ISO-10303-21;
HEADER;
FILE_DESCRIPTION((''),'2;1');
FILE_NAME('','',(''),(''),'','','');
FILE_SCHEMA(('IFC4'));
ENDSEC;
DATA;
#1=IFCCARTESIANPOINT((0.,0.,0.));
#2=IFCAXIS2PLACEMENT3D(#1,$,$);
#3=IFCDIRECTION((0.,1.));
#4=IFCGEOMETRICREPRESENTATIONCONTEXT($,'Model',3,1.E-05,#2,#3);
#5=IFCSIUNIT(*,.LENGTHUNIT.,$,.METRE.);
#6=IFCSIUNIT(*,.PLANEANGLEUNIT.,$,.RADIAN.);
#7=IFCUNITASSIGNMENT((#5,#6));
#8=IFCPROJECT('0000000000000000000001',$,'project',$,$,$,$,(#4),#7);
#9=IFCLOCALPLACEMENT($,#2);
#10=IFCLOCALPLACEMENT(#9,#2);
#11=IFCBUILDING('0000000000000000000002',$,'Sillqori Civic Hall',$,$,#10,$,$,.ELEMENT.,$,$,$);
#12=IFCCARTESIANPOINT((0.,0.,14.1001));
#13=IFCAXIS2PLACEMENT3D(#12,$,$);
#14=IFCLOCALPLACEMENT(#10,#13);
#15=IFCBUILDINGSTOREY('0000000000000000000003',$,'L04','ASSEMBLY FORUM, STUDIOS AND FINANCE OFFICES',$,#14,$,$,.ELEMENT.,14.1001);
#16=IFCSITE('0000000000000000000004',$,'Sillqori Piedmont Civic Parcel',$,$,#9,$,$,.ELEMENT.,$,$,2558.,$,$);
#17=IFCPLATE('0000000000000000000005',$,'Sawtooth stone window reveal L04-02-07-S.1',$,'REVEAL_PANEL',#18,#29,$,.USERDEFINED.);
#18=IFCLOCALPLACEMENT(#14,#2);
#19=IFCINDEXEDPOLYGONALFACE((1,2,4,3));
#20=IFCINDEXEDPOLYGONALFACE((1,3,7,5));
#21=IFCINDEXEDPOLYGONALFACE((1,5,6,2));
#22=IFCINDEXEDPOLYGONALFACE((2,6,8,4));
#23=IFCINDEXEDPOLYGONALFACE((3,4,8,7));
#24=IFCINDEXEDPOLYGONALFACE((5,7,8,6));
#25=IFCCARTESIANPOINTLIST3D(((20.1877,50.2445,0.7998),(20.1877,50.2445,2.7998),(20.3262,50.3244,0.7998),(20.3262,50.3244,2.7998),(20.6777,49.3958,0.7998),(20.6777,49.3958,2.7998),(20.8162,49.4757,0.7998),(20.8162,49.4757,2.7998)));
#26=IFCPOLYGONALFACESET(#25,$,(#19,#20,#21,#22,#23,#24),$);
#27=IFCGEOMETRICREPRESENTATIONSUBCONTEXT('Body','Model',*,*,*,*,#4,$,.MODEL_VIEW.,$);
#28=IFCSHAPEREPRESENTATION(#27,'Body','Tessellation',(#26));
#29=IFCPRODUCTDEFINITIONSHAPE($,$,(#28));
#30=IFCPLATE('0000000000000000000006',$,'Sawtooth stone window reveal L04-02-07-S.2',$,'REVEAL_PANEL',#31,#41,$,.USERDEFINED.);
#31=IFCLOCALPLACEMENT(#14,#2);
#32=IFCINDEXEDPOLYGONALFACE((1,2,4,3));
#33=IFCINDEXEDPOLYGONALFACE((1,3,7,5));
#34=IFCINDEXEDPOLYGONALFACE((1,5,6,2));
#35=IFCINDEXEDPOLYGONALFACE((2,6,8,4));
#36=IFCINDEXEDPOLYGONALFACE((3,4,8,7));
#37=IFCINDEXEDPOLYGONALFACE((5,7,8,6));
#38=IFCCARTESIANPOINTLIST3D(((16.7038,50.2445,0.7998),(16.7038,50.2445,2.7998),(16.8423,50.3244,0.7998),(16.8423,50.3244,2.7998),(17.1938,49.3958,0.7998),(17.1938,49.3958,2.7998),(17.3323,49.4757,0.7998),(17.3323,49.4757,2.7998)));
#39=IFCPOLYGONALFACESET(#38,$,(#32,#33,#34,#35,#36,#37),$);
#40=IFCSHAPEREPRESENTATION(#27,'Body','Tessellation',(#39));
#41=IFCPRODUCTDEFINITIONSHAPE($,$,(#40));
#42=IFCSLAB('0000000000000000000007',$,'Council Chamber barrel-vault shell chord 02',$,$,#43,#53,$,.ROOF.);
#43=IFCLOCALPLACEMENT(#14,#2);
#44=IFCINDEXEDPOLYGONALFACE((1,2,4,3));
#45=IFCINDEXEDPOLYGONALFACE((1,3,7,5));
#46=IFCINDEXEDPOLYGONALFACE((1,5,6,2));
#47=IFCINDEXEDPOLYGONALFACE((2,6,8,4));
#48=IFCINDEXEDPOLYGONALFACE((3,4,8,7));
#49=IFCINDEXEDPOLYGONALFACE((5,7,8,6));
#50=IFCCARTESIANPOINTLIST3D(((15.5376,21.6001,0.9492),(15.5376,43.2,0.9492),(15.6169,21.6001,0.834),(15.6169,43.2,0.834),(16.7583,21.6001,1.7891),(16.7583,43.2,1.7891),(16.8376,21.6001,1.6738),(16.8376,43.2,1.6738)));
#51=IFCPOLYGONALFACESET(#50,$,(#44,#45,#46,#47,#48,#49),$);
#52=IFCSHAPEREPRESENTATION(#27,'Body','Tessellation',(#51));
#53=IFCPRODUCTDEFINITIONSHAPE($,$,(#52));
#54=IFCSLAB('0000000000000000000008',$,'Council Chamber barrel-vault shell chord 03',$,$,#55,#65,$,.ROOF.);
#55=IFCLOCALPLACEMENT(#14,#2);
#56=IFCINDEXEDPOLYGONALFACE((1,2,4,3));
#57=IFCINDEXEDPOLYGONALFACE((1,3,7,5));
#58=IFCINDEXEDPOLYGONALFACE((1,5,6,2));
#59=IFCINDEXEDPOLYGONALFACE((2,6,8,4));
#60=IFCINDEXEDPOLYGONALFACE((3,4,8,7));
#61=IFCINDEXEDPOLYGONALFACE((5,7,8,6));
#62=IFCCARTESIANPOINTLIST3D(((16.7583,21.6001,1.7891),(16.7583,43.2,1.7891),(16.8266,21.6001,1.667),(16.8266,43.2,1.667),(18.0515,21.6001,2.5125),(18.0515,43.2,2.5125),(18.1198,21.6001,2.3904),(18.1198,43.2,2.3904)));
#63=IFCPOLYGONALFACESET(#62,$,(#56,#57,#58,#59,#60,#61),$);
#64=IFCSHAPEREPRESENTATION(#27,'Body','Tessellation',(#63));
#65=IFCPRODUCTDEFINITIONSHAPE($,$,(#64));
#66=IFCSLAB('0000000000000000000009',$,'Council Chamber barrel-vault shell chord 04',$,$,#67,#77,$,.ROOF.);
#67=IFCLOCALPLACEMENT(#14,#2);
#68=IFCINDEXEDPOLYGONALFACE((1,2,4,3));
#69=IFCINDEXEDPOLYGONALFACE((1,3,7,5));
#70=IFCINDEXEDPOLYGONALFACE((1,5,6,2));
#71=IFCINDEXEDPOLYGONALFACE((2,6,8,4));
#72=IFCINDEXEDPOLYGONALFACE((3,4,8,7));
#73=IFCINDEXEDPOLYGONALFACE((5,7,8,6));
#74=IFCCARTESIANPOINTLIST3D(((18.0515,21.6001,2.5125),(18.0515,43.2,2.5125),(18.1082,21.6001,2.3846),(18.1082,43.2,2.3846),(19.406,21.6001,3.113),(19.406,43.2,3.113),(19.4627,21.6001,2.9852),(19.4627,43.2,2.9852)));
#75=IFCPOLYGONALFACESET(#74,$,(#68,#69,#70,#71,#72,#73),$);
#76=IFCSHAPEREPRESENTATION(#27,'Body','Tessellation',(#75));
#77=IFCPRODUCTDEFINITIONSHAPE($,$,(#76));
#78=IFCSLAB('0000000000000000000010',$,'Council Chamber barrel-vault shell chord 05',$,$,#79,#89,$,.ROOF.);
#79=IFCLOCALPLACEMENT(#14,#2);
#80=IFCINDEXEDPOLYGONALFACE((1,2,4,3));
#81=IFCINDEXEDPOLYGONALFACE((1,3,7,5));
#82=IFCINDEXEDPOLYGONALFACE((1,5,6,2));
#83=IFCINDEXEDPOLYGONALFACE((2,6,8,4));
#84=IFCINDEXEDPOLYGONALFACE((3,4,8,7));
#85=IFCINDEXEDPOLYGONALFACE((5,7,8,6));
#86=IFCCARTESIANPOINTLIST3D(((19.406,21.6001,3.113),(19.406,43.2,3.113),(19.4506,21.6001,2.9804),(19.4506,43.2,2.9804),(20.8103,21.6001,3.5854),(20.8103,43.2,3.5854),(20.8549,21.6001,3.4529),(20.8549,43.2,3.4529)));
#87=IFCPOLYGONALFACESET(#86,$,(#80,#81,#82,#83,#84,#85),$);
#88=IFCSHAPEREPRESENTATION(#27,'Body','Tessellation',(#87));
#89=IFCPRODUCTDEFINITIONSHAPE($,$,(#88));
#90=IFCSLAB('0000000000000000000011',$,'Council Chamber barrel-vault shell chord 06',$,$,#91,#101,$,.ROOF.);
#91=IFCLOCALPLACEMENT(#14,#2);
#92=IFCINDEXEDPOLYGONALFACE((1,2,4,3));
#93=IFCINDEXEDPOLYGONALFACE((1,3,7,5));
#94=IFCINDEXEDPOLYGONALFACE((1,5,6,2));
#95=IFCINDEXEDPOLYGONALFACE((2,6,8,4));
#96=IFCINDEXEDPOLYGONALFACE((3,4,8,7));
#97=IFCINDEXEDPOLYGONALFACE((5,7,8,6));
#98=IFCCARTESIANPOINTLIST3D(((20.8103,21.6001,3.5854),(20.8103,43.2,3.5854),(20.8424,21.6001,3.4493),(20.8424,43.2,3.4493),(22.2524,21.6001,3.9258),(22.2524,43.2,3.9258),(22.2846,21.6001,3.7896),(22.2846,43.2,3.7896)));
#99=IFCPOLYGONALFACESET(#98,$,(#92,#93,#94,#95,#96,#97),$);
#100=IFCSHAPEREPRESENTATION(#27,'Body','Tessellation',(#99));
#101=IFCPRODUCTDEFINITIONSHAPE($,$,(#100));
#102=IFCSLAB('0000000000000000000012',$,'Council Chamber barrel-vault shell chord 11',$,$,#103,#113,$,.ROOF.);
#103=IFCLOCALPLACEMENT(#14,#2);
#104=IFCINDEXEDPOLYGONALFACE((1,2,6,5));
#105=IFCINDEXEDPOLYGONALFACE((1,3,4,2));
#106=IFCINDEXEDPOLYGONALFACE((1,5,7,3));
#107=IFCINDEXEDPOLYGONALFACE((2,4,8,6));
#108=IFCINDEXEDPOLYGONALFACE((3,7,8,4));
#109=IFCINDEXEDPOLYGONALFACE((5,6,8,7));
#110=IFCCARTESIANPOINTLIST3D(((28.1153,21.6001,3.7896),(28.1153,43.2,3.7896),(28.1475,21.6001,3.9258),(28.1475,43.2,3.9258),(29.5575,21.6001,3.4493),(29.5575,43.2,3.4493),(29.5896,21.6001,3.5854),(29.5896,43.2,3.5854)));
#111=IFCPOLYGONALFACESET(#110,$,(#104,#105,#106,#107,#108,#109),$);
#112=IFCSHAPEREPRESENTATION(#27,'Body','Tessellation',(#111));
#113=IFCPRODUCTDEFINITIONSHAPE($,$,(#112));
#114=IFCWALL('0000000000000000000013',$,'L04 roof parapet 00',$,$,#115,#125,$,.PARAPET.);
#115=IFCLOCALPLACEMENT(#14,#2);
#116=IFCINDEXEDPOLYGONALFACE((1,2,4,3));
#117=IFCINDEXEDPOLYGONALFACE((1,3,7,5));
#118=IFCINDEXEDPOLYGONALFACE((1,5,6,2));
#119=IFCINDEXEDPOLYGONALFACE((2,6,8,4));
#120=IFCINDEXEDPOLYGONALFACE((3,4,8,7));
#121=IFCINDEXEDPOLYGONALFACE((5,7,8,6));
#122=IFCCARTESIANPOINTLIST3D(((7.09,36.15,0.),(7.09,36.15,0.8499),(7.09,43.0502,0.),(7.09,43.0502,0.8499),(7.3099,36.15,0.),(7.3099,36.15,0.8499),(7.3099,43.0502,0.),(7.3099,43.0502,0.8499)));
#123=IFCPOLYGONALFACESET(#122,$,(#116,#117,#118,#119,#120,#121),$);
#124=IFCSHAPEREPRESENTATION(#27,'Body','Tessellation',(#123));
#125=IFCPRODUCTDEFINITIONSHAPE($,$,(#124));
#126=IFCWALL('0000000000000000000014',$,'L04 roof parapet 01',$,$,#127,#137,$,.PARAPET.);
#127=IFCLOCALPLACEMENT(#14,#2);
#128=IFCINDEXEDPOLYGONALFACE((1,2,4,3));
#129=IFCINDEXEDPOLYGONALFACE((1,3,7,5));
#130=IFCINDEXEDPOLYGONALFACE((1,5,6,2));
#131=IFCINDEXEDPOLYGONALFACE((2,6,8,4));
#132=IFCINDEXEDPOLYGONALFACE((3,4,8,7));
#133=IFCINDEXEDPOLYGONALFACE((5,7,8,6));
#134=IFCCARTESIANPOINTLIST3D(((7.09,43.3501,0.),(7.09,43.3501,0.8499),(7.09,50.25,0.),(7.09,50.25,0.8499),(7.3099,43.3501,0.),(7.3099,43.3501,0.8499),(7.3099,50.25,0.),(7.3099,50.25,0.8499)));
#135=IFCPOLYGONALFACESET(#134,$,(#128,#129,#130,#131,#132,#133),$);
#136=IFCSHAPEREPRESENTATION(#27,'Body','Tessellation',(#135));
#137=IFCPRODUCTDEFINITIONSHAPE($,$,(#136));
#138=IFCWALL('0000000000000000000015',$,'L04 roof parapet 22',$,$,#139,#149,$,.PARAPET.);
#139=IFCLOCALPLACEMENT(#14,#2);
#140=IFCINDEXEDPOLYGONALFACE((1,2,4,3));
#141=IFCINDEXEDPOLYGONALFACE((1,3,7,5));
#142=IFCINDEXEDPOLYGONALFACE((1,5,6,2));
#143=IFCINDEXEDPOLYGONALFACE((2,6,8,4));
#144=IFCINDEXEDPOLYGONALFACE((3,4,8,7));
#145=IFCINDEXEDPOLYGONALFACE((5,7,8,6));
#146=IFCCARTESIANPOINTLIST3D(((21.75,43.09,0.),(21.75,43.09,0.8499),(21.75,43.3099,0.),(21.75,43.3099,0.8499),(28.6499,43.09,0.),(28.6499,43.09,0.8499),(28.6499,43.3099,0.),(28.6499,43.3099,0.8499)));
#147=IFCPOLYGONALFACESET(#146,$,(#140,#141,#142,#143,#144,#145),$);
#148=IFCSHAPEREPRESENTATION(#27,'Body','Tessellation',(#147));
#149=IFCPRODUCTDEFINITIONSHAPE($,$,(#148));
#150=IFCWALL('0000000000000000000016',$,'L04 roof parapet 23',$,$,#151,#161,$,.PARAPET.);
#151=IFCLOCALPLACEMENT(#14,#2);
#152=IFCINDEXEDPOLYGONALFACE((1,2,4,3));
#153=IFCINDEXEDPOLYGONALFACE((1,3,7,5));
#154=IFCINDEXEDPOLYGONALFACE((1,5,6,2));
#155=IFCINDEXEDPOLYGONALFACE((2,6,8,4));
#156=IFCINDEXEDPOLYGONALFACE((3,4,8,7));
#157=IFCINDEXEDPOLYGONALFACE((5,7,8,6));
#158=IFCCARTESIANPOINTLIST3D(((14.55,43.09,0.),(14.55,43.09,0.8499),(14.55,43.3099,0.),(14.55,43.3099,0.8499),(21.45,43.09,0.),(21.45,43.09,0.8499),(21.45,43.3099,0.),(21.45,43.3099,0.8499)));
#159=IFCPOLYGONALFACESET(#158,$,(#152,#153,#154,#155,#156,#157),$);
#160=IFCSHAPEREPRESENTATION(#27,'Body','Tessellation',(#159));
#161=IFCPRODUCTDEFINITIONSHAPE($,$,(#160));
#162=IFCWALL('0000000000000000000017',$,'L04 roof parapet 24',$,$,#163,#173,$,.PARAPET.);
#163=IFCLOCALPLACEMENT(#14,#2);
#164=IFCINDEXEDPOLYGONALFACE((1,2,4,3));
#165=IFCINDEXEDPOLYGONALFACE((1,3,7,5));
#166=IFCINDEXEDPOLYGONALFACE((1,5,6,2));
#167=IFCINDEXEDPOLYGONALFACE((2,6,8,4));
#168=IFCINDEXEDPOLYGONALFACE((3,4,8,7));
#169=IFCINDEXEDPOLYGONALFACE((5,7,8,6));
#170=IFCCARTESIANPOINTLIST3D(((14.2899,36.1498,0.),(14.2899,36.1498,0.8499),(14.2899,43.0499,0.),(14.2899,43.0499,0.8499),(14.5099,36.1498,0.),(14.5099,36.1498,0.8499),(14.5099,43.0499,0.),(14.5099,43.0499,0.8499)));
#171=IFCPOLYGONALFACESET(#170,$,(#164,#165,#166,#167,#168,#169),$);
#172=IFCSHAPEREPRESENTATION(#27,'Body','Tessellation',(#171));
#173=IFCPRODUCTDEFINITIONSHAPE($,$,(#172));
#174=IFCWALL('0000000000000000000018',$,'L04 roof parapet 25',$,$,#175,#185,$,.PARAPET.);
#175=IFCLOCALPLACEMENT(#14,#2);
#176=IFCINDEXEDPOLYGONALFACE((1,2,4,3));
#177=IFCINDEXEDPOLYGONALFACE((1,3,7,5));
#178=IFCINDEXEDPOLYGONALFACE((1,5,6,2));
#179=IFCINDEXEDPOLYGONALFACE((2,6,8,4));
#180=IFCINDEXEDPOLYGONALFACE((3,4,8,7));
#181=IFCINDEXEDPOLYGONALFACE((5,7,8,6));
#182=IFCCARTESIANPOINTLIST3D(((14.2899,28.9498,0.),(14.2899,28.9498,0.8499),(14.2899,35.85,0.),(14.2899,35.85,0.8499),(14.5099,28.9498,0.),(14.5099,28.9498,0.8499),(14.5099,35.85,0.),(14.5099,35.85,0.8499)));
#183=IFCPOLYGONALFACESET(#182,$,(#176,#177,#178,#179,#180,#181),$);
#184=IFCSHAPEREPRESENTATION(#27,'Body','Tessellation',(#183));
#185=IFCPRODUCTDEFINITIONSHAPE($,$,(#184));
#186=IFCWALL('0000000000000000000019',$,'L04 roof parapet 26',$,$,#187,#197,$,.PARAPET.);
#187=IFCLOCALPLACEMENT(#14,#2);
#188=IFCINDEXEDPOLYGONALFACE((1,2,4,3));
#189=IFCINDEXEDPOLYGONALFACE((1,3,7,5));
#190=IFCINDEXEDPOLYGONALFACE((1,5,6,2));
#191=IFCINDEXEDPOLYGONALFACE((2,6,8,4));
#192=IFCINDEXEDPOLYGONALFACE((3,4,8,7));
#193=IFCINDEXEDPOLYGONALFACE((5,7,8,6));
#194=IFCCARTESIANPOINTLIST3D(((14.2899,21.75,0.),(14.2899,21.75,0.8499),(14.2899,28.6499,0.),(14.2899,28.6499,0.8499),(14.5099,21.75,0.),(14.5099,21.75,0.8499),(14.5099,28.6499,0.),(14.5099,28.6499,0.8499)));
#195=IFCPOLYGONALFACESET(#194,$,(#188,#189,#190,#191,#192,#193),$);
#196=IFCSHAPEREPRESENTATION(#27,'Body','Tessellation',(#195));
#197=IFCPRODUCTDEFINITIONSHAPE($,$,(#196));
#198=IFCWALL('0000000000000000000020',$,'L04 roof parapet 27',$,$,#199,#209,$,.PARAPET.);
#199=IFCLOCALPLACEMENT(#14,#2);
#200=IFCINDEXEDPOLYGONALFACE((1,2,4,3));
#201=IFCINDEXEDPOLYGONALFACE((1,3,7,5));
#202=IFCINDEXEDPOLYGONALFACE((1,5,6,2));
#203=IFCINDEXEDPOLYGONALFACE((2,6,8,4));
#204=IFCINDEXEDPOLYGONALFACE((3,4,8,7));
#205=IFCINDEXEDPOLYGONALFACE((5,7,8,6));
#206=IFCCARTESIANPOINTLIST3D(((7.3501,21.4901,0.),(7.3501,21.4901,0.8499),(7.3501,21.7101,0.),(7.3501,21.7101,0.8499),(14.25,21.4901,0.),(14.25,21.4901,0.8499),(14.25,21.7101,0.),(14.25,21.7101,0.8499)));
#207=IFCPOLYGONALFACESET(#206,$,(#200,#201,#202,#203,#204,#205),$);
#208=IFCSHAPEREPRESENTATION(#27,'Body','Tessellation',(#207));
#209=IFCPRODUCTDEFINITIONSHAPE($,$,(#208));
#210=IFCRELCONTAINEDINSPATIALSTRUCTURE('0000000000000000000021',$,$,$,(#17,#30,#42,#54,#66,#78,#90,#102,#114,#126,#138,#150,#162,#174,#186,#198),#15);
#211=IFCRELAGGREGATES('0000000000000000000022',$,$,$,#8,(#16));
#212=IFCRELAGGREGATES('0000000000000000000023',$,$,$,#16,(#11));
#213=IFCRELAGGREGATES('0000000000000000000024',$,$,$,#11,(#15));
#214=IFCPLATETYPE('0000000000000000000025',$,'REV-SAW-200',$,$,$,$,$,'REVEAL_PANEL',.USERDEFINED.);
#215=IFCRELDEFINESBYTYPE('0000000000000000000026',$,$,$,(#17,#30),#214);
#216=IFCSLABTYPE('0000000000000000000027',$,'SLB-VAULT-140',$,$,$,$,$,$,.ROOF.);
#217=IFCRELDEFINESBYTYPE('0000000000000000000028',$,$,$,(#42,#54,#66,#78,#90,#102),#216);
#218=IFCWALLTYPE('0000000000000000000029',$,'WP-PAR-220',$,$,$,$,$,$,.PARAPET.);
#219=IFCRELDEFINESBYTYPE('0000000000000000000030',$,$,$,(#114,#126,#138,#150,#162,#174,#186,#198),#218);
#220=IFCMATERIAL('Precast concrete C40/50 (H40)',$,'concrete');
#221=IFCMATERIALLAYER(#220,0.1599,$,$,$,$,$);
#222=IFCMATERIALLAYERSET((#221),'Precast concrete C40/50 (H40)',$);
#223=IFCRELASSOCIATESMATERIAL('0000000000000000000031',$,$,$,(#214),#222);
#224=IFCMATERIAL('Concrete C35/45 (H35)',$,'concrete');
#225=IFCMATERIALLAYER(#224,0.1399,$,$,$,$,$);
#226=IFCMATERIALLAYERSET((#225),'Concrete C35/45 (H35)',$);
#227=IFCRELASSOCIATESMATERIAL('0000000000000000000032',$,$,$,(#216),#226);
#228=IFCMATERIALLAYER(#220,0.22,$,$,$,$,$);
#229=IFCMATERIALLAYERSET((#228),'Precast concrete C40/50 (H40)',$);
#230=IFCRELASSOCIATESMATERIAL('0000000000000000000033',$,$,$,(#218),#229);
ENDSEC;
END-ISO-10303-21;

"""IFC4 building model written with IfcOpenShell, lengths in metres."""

from ifc_helpers import new_model, si_unit, direction, frame, frame_2d, origin, origin_2d, place, context, subcontext, project, spatial, polyline, rectangle, outline, extrude, material, layer, layer_set, type_object, element, save


model = new_model("IFC4")

# Units and contexts
model_context = context("Model", 3, precision=1e-05, world=origin(), true_north=direction((0.0, 1.0)))
body_context = subcontext(model_context, "Body", "Model", "MODEL_VIEW")
ifc_project = project(units=[si_unit("LENGTHUNIT", "METRE"), si_unit("PLANEANGLEUNIT", "RADIAN")], contexts=[model_context])

# Site, building, storey
site_placement = place(None, origin())
site = spatial("IfcSite", under=ifc_project, at=site_placement, Name="Sillqori Piedmont Civic Parcel", CompositionType="ELEMENT", RefElevation=2558.0)
building_placement = place(site_placement, origin())
building = spatial("IfcBuilding", under=site, at=building_placement, Name="Sillqori Civic Hall", CompositionType="ELEMENT")
storey_placement = place(building_placement, frame((0.0, 0.0, 14.1001)))
storey = spatial("IfcBuildingStorey", under=building, at=storey_placement, Name="L04", Description="ASSEMBLY FORUM, STUDIOS AND FINANCE OFFICES", CompositionType="ELEMENT", Elevation=14.1001)

# Plates
ifc_material_1 = material(Name="Precast concrete C40/50 (H40)", Category="concrete")
ifc_layer_1 = layer(ifc_material_1, 0.1599)
ifc_layer_set_1 = layer_set([ifc_layer_1], Name="Precast concrete C40/50 (H40)")
plate_type = type_object("IfcPlateType", Name="REV-SAW-200", ElementType="REVEAL_PANEL", PredefinedType="USERDEFINED", material=ifc_layer_set_1)
for number, where, z_axis, x_axis, name in (
    (1, (20.502, 49.8601, 0.7998), (0.0, 0.0, 1.0), (-0.866025, -0.5, 0.0), "Sawtooth stone window reveal L04-02-07-S.1"),
    (2, (17.0181, 49.8601, 0.7998), (0.0, 0.0, 1.0), (-0.866025, -0.5, 0.0), "Sawtooth stone window reveal L04-02-07-S.2"),
):
    element("IfcPlate", number, at=place(storey_placement, frame(where, z_axis=z_axis, x_axis=x_axis)), inside=storey, type_object=plate_type, Name=name, ObjectType="REVEAL_PANEL", PredefinedType="USERDEFINED", context=body_context, shape_type="SweptSolid", body=[
        extrude(rectangle(XDim=0.1599, YDim=0.98, at=origin_2d()), origin(), (0.0, 0.0, 1.0), 2.0),
    ])

# Slabs
ifc_material_2 = material(Name="Concrete C35/45 (H35)", Category="concrete")
ifc_layer_2 = layer(ifc_material_2, 0.1399)
ifc_layer_set_2 = layer_set([ifc_layer_2], Name="Concrete C35/45 (H35)")
slab_type = type_object("IfcSlabType", Name="SLB-VAULT-140", PredefinedType="ROOF", material=ifc_layer_set_2)
slab_1_placement = place(storey_placement, frame((15.5376, 21.6001, 0.9492), z_axis=(-0.566809, 0.0, 0.82385), x_axis=(0.82385, 0.0, 0.566809)))
element("IfcSlab", 3, at=slab_1_placement, inside=storey, type_object=slab_type, Name="Council Chamber barrel-vault shell chord 02", PredefinedType="ROOF", context=body_context, shape_type="SweptSolid", body=[
    extrude(outline(polyline([(0.0, 0.0), (1.4817, 0.0), (1.4817, 21.5999), (0.0, 21.5999), (0.0, 0.0)])), origin(), (0.0, 0.0, -1.0), 0.1399),
])
slab_2_placement = place(storey_placement, frame((16.7583, 21.6001, 1.7891), z_axis=(-0.488187, 0.0, 0.872739), x_axis=(0.872739, 0.0, 0.488187)))
element("IfcSlab", 4, at=slab_2_placement, inside=storey, type_object=slab_type, Name="Council Chamber barrel-vault shell chord 03", PredefinedType="ROOF", context=body_context, shape_type="SweptSolid", body=[
    extrude(outline(polyline([(0.0, 0.0), (1.4818, 0.0), (1.4818, 21.5999), (0.0, 21.5999), (0.0, 0.0)])), origin(), (0.0, 0.0, -1.0), 0.1399),
])
slab_3_placement = place(storey_placement, frame((18.0515, 21.6001, 2.5125), z_axis=(-0.405343, 0.0, 0.914165), x_axis=(0.914165, 0.0, 0.405343)))
element("IfcSlab", 5, at=slab_3_placement, inside=storey, type_object=slab_type, Name="Council Chamber barrel-vault shell chord 04", PredefinedType="ROOF", context=body_context, shape_type="SweptSolid", body=[
    extrude(outline(polyline([(0.0, 0.0), (1.4817, 0.0), (1.4817, 21.5999), (0.0, 21.5999), (0.0, 0.0)])), origin(), (0.0, 0.0, -1.0), 0.1399),
])
slab_4_placement = place(storey_placement, frame((19.406, 21.6001, 3.113), z_axis=(-0.318847, 0.0, 0.947806), x_axis=(0.947806, 0.0, 0.318847)))
element("IfcSlab", 6, at=slab_4_placement, inside=storey, type_object=slab_type, Name="Council Chamber barrel-vault shell chord 05", PredefinedType="ROOF", context=body_context, shape_type="SweptSolid", body=[
    extrude(outline(polyline([(0.0, 0.0), (1.4816, 0.0), (1.4816, 21.5999), (0.0, 21.5999), (0.0, 0.0)])), origin(), (0.0, 0.0, -1.0), 0.1399),
])
for number, where, z_axis, x_axis, name in (
    (7, (20.8103, 21.6001, 3.5854), (-0.229682, 0.0, 0.973266), (0.973266, 0.0, 0.229682), "Council Chamber barrel-vault shell chord 06"),
    (8, (28.1475, 21.6001, 3.9258), (0.229682, 0.0, 0.973266), (0.973266, 0.0, -0.229682), "Council Chamber barrel-vault shell chord 11"),
):
    element("IfcSlab", number, at=place(storey_placement, frame(where, z_axis=z_axis, x_axis=x_axis)), inside=storey, type_object=slab_type, Name=name, PredefinedType="ROOF", context=body_context, shape_type="SweptSolid", body=[
        extrude(outline(polyline([(0.0, 0.0), (1.4818, 0.0), (1.4818, 21.5999), (0.0, 21.5999), (0.0, 0.0)])), origin(), (0.0, 0.0, -1.0), 0.1399),
    ])

# Walls
ifc_layer_3 = layer(ifc_material_1, 0.22)
ifc_layer_set_3 = layer_set([ifc_layer_3], Name="Precast concrete C40/50 (H40)")
wall_type = type_object("IfcWallType", Name="WP-PAR-220", PredefinedType="PARAPET", material=ifc_layer_set_3)
wall_1_placement = place(storey_placement, frame((7.2, 36.1499, 0.0), z_axis=(0.0, 0.0, 1.0), x_axis=(0.0, 1.0, 0.0)))
element("IfcWall", 9, at=wall_1_placement, inside=storey, type_object=wall_type, Name="L04 roof parapet 00", PredefinedType="PARAPET", context=body_context, shape_type="SweptSolid", body=[
    extrude(rectangle(XDim=6.9001, YDim=0.22, at=frame_2d((3.4502, 0.0))), origin(), (0.0, 0.0, 1.0), 0.8499),
])
for number, where, z_axis, x_axis, name in (
    (10, (7.2, 43.3501, 0.0), (0.0, 0.0, 1.0), (0.0, 1.0, 0.0), "L04 roof parapet 01"),
    (11, (28.6499, 43.2, 0.0), (0.0, 0.0, 1.0), (-1.0, 0.0, 0.0), "L04 roof parapet 22"),
    (12, (21.45, 43.2, 0.0), (0.0, 0.0, 1.0), (-1.0, 0.0, 0.0), "L04 roof parapet 23"),
):
    element("IfcWall", number, at=place(storey_placement, frame(where, z_axis=z_axis, x_axis=x_axis)), inside=storey, type_object=wall_type, Name=name, PredefinedType="PARAPET", context=body_context, shape_type="SweptSolid", body=[
        extrude(rectangle(XDim=6.8999, YDim=0.22, at=frame_2d((3.45, 0.0))), origin(), (0.0, 0.0, 1.0), 0.8499),
    ])
for number, where, z_axis, x_axis, name in (
    (13, (14.3999, 43.05, 0.0), (0.0, 0.0, 1.0), (0.0, -1.0, 0.0), "L04 roof parapet 24"),
    (14, (14.3999, 35.8501, 0.0), (0.0, 0.0, 1.0), (0.0, -1.0, 0.0), "L04 roof parapet 25"),
):
    element("IfcWall", number, at=place(storey_placement, frame(where, z_axis=z_axis, x_axis=x_axis)), inside=storey, type_object=wall_type, Name=name, PredefinedType="PARAPET", context=body_context, shape_type="SweptSolid", body=[
        extrude(rectangle(XDim=6.9001, YDim=0.22, at=frame_2d((3.4502, 0.0))), origin(), (0.0, 0.0, 1.0), 0.8499),
    ])
for number, where, z_axis, x_axis, name in (
    (15, (14.3999, 28.6499, 0.0), (0.0, 0.0, 1.0), (0.0, -1.0, 0.0), "L04 roof parapet 26"),
    (16, (14.25, 21.6001, 0.0), (0.0, 0.0, 1.0), (-1.0, 0.0, 0.0), "L04 roof parapet 27"),
):
    element("IfcWall", number, at=place(storey_placement, frame(where, z_axis=z_axis, x_axis=x_axis)), inside=storey, type_object=wall_type, Name=name, PredefinedType="PARAPET", context=body_context, shape_type="SweptSolid", body=[
        extrude(rectangle(XDim=6.8999, YDim=0.22, at=frame_2d((3.45, 0.0))), origin(), (0.0, 0.0, 1.0), 0.8499),
    ])

save(model, "model.ifc")
